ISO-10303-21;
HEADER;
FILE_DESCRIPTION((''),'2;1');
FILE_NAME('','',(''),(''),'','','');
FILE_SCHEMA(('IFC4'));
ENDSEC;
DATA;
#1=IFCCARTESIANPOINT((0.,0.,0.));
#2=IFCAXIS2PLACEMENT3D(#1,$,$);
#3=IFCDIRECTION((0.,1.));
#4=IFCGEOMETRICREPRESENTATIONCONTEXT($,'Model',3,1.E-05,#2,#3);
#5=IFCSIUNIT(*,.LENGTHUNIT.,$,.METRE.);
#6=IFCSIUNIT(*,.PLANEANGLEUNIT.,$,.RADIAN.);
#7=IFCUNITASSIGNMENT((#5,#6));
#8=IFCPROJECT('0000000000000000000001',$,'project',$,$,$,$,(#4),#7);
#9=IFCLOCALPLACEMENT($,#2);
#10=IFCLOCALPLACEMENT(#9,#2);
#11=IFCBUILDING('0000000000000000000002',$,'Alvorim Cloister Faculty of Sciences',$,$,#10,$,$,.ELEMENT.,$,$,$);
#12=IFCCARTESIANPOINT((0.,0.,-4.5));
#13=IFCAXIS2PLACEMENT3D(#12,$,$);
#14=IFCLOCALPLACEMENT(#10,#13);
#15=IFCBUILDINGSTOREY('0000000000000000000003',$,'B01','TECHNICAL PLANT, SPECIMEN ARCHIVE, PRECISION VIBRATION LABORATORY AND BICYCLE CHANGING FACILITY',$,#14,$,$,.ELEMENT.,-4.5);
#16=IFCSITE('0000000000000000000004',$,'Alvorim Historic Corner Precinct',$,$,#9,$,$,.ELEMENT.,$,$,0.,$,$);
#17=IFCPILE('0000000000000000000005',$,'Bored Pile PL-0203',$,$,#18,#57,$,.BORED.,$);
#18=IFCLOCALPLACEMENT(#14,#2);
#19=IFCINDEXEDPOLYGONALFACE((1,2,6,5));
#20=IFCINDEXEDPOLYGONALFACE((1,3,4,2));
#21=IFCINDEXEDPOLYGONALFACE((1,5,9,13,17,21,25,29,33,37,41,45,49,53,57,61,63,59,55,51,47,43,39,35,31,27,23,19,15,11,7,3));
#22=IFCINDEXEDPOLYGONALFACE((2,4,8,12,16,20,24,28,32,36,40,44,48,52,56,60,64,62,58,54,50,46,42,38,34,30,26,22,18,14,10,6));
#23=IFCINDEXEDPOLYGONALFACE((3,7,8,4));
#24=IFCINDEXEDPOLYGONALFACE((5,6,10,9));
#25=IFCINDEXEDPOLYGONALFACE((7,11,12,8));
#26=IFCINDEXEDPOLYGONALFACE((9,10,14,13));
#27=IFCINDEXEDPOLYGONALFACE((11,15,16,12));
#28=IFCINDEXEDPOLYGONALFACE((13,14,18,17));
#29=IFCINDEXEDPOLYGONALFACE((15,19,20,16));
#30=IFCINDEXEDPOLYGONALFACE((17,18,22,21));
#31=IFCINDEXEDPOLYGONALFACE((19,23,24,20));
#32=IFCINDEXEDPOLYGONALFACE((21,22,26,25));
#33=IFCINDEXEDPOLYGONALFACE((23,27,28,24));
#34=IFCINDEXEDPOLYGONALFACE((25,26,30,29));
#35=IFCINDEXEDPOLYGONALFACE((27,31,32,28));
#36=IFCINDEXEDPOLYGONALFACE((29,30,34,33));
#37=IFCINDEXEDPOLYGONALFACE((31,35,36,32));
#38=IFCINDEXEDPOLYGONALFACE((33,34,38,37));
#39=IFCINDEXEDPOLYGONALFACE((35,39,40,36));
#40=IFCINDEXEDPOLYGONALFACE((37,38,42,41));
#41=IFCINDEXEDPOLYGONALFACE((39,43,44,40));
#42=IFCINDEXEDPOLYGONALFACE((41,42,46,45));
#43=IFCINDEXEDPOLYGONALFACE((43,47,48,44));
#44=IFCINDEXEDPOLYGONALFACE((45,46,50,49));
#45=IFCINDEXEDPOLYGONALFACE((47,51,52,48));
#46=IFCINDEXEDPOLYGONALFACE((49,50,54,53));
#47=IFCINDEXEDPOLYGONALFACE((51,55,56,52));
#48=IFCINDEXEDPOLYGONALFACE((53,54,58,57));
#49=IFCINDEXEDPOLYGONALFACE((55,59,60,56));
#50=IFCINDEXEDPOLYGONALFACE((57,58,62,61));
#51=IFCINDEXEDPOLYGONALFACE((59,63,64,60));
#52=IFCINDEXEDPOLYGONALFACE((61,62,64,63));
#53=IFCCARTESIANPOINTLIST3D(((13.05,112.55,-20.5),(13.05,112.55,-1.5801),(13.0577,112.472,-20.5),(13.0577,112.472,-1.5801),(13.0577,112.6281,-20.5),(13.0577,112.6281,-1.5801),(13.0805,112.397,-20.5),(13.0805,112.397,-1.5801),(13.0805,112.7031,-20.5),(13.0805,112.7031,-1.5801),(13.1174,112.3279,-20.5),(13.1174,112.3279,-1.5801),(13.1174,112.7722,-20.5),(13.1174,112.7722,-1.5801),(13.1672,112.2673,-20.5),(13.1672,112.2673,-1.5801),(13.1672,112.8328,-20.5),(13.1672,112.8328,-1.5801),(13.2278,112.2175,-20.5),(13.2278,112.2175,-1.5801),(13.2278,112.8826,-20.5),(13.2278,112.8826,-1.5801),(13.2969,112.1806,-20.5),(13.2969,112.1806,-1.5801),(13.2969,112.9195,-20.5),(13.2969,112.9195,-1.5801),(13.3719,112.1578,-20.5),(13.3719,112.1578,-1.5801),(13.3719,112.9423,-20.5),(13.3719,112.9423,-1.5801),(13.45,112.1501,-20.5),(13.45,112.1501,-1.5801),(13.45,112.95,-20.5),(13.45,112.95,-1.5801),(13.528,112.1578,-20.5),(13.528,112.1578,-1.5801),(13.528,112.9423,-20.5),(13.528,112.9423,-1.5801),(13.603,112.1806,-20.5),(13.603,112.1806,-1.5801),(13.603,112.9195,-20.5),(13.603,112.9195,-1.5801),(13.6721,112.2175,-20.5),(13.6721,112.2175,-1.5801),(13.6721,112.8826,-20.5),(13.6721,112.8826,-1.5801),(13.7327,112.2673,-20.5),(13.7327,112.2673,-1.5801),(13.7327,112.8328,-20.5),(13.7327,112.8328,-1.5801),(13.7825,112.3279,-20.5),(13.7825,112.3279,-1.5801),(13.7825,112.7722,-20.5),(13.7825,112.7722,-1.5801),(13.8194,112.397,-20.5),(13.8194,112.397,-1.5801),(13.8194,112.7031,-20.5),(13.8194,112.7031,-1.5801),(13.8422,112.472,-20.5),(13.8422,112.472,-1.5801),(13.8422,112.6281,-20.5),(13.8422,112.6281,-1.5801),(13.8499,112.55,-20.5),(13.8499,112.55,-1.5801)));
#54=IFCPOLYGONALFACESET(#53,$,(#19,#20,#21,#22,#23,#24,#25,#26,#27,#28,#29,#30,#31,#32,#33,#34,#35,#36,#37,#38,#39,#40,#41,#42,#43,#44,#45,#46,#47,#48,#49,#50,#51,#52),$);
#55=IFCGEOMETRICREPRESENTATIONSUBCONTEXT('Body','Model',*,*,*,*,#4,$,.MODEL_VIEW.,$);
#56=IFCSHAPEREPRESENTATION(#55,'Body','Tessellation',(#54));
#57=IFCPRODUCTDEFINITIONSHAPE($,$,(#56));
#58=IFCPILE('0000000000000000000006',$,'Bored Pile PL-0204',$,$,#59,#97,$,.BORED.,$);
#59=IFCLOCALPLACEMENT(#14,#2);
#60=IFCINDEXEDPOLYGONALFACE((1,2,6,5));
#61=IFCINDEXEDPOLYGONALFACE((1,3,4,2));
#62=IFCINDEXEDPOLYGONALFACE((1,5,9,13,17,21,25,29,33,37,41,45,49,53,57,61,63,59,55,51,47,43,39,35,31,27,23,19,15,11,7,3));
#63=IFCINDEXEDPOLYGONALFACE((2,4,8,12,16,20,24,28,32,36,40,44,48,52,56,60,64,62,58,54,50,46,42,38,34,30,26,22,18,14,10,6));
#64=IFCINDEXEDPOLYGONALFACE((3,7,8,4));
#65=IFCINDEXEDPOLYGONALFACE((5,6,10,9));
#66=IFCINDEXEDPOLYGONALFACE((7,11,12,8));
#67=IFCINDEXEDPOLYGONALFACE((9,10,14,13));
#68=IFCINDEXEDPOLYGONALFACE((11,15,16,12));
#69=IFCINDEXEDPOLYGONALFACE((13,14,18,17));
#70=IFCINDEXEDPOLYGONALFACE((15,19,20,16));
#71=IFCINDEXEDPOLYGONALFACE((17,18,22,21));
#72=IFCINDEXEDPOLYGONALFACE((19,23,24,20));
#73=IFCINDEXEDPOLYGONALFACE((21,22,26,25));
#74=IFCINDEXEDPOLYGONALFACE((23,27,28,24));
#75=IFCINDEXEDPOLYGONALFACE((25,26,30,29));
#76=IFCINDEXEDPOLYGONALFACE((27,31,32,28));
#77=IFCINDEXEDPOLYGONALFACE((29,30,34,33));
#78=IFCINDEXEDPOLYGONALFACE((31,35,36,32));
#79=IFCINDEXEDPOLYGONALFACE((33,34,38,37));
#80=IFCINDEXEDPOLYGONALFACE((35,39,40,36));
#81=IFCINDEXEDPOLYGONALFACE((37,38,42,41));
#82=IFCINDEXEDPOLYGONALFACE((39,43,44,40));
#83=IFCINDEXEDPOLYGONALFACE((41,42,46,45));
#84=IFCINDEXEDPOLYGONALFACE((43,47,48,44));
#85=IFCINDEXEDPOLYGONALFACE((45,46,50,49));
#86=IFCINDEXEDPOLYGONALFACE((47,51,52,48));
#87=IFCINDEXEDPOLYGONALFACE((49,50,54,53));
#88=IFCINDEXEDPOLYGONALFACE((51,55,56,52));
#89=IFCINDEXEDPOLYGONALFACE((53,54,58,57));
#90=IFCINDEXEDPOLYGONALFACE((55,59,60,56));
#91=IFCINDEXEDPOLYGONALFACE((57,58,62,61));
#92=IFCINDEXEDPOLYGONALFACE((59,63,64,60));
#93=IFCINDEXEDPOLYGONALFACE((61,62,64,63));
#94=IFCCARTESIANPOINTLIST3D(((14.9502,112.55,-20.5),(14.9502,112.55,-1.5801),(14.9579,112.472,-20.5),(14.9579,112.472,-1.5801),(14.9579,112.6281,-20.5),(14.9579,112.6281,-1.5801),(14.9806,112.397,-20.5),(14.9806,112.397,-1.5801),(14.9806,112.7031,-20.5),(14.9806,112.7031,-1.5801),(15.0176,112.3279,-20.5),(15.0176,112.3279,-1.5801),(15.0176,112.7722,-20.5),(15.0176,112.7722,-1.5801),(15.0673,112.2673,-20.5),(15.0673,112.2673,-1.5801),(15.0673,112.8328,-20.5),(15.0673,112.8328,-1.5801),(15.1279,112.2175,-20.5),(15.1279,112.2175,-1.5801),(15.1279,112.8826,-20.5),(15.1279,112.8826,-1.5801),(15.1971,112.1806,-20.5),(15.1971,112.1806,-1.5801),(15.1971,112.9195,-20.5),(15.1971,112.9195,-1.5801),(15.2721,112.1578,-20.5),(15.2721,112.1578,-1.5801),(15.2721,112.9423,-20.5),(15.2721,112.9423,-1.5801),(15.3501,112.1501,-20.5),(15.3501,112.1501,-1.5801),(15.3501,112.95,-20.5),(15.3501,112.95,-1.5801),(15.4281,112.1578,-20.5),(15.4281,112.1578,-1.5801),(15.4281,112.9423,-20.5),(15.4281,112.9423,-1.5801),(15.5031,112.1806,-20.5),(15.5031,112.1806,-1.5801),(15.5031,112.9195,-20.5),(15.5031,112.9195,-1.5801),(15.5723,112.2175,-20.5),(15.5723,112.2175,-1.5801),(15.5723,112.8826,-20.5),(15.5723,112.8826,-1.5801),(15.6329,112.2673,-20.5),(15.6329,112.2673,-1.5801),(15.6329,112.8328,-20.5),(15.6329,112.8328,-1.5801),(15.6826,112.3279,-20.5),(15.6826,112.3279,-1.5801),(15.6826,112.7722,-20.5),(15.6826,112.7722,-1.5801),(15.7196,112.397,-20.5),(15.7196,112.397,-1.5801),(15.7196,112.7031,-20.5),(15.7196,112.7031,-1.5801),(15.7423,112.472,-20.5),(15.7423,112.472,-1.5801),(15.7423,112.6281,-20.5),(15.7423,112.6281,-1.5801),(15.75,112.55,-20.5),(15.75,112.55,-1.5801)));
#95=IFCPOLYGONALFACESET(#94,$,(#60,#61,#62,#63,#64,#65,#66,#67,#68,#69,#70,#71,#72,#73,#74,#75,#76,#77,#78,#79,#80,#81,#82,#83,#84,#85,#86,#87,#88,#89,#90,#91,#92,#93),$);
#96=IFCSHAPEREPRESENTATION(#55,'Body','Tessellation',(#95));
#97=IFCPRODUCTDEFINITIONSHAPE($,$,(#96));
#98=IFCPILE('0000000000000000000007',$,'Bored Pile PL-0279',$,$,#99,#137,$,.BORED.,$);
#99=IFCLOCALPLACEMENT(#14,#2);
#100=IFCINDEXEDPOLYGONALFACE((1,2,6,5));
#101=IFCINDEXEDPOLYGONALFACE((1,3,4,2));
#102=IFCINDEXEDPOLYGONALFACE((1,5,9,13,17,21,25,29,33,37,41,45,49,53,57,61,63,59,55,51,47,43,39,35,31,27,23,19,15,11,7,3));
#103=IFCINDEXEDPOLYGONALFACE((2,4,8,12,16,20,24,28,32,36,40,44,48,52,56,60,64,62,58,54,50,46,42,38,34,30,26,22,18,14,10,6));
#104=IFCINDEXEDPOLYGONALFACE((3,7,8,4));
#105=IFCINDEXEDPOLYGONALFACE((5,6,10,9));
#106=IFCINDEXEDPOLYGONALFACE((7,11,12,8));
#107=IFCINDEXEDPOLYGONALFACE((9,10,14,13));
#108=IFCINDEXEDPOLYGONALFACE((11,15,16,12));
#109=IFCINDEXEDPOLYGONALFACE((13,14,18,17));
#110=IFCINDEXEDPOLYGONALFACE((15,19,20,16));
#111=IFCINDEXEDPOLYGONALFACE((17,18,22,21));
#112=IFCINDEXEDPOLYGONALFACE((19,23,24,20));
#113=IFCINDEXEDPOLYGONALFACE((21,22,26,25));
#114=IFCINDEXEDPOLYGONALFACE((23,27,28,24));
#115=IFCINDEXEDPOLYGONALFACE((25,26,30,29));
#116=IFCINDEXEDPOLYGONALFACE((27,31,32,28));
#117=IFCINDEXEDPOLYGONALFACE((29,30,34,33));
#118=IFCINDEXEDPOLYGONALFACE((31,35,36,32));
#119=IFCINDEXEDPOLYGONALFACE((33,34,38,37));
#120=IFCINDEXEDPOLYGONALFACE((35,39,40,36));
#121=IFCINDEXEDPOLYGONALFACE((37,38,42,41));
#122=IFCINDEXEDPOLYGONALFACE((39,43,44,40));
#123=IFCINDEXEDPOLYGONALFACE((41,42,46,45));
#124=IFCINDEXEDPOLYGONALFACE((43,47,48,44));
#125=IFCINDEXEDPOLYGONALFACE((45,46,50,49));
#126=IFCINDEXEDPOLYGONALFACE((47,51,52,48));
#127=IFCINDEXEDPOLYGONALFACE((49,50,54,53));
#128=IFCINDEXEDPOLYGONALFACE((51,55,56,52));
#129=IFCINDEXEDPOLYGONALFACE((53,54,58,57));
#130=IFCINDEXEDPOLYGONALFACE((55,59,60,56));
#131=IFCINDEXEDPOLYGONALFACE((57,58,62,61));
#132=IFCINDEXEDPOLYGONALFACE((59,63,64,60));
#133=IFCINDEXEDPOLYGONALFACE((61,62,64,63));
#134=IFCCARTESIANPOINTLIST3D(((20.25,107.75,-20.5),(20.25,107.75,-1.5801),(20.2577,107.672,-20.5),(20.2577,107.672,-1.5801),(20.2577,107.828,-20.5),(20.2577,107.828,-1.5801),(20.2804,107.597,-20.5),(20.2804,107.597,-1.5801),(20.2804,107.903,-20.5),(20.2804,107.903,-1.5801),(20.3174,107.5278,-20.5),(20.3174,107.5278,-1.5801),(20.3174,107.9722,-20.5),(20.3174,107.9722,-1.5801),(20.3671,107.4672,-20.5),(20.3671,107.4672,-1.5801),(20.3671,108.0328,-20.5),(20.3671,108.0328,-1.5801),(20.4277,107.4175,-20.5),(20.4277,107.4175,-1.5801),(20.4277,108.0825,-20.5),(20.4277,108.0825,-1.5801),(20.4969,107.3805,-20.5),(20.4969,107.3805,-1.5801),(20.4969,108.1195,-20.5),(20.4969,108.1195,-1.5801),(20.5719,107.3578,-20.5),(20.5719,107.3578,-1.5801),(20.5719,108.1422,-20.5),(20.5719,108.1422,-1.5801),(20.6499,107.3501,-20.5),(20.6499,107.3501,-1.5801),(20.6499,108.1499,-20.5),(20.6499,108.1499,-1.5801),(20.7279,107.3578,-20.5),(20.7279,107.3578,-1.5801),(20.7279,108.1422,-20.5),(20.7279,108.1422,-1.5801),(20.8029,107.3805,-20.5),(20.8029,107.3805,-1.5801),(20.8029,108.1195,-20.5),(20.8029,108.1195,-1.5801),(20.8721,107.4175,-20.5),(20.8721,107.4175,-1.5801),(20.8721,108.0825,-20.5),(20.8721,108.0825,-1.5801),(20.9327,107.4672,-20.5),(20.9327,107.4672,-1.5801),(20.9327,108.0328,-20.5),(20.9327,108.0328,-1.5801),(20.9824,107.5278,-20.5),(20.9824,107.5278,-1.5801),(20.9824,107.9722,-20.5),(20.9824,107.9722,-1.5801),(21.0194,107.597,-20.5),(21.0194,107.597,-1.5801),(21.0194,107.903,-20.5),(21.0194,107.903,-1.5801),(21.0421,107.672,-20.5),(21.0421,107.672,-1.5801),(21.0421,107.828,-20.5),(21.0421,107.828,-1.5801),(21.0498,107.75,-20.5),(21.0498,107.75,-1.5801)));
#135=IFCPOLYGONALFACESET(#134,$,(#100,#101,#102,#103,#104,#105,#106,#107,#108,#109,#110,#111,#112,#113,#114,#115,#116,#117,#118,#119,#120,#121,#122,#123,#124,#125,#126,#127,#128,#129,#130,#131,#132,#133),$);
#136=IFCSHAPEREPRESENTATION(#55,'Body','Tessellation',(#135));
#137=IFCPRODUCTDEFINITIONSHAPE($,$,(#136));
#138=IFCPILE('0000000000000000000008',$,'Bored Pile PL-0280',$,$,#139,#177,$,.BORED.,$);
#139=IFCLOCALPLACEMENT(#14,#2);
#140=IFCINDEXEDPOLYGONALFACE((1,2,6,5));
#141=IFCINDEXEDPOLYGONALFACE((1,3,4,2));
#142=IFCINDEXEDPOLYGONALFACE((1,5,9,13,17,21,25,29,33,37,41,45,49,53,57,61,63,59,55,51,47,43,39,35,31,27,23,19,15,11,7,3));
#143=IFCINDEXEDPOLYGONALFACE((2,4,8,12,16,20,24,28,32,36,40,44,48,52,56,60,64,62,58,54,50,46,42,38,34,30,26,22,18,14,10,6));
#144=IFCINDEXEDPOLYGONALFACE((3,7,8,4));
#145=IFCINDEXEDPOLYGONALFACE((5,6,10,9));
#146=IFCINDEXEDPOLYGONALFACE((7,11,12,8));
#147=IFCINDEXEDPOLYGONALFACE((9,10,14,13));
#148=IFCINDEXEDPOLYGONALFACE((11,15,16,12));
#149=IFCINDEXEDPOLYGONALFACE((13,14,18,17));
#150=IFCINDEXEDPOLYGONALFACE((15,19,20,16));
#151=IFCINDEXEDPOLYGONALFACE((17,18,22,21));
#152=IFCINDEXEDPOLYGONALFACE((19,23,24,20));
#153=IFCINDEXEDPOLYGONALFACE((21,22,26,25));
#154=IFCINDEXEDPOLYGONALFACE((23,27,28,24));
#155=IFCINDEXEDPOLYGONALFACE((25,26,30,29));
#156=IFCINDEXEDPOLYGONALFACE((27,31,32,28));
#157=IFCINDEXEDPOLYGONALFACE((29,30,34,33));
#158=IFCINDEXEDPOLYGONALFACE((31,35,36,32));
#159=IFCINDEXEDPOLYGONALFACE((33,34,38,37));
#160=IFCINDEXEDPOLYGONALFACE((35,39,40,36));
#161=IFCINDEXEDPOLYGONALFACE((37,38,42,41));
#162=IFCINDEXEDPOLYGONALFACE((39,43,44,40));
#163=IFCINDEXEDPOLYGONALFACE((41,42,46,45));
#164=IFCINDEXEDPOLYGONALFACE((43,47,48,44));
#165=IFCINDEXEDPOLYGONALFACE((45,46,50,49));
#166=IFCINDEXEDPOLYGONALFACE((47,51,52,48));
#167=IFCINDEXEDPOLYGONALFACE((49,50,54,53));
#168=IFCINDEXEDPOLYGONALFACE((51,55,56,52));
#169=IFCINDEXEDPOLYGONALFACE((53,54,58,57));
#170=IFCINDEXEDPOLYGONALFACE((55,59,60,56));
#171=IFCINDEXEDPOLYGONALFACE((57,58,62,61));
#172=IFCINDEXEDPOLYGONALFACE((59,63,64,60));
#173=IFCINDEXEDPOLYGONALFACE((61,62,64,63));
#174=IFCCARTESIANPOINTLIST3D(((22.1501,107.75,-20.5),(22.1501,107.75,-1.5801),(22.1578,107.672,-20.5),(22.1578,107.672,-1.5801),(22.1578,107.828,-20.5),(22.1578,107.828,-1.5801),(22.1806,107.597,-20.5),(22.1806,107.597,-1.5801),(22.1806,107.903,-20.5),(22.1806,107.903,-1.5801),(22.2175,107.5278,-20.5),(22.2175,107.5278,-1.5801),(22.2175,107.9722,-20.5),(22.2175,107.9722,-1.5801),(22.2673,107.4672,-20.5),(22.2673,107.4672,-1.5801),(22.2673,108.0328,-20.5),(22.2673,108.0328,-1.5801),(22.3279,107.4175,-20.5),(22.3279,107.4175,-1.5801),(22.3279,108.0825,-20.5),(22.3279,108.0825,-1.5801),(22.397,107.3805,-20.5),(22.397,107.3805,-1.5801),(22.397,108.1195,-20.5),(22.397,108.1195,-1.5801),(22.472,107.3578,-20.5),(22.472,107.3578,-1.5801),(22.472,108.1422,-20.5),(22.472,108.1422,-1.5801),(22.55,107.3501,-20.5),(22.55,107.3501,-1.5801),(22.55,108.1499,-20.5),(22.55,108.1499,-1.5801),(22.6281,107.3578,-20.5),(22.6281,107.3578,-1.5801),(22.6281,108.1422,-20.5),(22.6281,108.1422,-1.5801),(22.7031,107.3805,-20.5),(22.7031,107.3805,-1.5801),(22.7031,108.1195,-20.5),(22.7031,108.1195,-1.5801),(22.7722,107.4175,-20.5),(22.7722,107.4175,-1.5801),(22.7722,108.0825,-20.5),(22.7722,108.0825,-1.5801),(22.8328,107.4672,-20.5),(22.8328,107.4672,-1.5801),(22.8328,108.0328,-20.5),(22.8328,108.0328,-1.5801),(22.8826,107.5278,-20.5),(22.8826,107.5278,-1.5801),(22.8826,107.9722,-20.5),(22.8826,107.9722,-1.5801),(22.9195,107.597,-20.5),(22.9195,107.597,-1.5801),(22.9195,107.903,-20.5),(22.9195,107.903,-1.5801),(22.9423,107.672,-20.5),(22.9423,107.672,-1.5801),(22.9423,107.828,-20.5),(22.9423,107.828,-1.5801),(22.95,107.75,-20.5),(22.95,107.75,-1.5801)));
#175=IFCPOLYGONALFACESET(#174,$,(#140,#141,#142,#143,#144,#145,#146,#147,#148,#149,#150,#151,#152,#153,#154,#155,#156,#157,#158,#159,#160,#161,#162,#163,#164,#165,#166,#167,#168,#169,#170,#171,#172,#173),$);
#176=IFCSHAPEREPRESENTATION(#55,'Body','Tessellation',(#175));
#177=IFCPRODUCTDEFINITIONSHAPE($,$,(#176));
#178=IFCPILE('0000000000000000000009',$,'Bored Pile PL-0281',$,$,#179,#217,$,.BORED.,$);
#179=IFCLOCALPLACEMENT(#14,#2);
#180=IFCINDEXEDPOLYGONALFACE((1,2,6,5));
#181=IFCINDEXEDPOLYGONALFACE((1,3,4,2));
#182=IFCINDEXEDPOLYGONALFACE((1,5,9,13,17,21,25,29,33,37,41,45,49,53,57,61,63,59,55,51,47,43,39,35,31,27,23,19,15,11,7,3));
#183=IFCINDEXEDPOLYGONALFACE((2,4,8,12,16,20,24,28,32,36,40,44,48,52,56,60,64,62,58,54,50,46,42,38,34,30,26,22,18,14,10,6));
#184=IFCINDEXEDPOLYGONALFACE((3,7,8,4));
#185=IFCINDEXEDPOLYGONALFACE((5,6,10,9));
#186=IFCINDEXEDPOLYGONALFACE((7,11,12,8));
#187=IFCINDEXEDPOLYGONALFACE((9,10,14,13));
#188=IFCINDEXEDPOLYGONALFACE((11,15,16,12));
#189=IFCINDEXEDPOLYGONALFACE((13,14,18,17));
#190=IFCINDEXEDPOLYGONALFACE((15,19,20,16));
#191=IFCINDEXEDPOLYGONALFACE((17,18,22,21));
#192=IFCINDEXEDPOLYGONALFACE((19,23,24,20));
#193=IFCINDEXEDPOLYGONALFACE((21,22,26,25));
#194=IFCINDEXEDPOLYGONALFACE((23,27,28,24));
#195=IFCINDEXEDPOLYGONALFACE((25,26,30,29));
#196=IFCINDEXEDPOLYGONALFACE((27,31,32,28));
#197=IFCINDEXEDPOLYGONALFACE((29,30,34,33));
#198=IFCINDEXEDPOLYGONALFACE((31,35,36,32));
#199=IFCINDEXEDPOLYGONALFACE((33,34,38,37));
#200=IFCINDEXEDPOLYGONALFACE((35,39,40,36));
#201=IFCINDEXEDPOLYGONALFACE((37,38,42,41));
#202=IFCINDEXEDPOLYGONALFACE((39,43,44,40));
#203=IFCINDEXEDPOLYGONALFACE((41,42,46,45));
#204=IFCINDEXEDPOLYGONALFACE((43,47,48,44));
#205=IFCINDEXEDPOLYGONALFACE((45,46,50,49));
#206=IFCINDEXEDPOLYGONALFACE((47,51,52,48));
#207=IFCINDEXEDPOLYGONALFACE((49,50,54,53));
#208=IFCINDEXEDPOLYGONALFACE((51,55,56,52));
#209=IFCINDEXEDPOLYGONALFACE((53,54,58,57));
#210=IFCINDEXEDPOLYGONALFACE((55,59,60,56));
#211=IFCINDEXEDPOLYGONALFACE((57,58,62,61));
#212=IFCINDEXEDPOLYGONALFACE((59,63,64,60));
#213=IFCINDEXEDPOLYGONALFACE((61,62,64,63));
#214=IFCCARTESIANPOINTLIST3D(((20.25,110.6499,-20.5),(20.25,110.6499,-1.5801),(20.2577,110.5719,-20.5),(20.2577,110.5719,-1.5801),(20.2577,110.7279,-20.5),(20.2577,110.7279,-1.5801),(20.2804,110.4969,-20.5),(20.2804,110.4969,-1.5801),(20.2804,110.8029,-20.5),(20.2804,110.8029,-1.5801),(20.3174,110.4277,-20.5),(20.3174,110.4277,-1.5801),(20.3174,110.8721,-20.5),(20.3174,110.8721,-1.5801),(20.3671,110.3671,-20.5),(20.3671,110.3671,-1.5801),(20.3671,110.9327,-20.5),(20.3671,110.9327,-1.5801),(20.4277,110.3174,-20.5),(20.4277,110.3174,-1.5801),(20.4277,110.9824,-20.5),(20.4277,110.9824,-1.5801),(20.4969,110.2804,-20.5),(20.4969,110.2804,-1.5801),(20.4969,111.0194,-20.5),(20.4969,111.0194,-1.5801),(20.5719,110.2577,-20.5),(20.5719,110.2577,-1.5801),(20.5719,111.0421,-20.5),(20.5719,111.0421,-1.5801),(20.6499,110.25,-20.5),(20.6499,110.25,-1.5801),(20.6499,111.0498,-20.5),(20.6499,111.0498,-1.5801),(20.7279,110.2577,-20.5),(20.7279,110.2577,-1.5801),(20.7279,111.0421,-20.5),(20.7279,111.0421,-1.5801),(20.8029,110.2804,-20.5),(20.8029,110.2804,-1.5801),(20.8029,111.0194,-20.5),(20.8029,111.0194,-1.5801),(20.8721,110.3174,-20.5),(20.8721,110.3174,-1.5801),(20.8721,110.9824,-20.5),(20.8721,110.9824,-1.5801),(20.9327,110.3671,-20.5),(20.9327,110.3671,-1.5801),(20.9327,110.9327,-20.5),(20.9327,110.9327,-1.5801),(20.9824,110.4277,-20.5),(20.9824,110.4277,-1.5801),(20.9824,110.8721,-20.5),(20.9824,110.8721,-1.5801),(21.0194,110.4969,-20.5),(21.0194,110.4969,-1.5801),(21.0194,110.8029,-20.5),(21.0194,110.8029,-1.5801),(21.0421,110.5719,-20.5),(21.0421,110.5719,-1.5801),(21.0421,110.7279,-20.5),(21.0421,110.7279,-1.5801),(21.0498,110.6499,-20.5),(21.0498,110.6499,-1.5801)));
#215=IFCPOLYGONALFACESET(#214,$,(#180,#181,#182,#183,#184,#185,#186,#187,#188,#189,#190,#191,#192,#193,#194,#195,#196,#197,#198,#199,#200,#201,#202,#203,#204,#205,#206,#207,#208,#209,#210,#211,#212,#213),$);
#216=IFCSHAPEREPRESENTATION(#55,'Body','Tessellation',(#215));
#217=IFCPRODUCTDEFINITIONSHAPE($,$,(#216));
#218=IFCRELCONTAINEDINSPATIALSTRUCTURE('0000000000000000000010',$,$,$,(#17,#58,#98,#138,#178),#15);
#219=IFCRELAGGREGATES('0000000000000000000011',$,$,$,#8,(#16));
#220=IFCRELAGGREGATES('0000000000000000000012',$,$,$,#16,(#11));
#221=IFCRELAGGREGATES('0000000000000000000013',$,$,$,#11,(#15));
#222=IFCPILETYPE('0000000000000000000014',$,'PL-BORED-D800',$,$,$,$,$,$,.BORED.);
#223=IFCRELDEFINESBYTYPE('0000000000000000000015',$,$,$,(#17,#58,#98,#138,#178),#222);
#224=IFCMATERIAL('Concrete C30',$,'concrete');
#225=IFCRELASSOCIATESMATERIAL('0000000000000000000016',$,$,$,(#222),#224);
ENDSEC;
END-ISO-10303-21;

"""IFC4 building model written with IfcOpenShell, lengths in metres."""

from ifc_helpers import new_model, si_unit, direction, frame, origin, origin_2d, place, context, subcontext, project, spatial, circle, extrude, material, material_profile, profile_set, type_object, element, save


model = new_model("IFC4")

# Units and contexts
model_context = context("Model", 3, precision=1e-05, world=origin(), true_north=direction((0.0, 1.0)))
body_context = subcontext(model_context, "Body", "Model", "MODEL_VIEW")
ifc_project = project(units=[si_unit("LENGTHUNIT", "METRE"), si_unit("PLANEANGLEUNIT", "RADIAN")], contexts=[model_context])

# Site, building, storey
site_placement = place(None, origin())
site = spatial("IfcSite", under=ifc_project, at=site_placement, Name="Alvorim Historic Corner Precinct", CompositionType="ELEMENT", RefElevation=0.0)
building_placement = place(site_placement, origin())
building = spatial("IfcBuilding", under=site, at=building_placement, Name="Alvorim Cloister Faculty of Sciences", CompositionType="ELEMENT")
storey_placement = place(building_placement, frame((0.0, 0.0, -4.5)))
storey = spatial("IfcBuildingStorey", under=building, at=storey_placement, Name="B01", Description="TECHNICAL PLANT, SPECIMEN ARCHIVE, PRECISION VIBRATION LABORATORY AND BICYCLE CHANGING FACILITY", CompositionType="ELEMENT", Elevation=-4.5)

# Piles
ifc_material_1 = material(Name="Concrete C30", Category="concrete")
ifc_material_profile_1 = material_profile(ifc_material_1, circle(Radius=0.3999, at=origin_2d()), Name="PILE-D800")
ifc_profile_set_1 = profile_set([ifc_material_profile_1], Name="Concrete C30")
pile_type = type_object("IfcPileType", Name="PL-BORED-D800", PredefinedType="BORED", material=ifc_profile_set_1)
for number, where, z_axis, x_axis, name in (
    (1, (13.45, 112.55, -1.5801), (0.0, 0.0, -1.0), (1.0, 0.0, 0.0), "Bored Pile PL-0203"),
    (2, (15.3501, 112.55, -1.5801), (0.0, 0.0, -1.0), (1.0, 0.0, 0.0), "Bored Pile PL-0204"),
    (3, (20.6499, 107.75, -1.5801), (0.0, 0.0, -1.0), (1.0, 0.0, 0.0), "Bored Pile PL-0279"),
    (4, (22.55, 107.75, -1.5801), (0.0, 0.0, -1.0), (1.0, 0.0, 0.0), "Bored Pile PL-0280"),
    (5, (20.6499, 110.6499, -1.5801), (0.0, 0.0, -1.0), (1.0, 0.0, 0.0), "Bored Pile PL-0281"),
):
    element("IfcPile", number, at=place(storey_placement, frame(where, z_axis=z_axis, x_axis=x_axis)), inside=storey, type_object=pile_type, Name=name, PredefinedType="BORED", context=body_context, shape_type="SweptSolid", body=[
        extrude(circle(Radius=0.3999, at=origin_2d()), origin(), (0.0, 0.0, 1.0), 18.9199),
    ])

save(model, "model.ifc")
